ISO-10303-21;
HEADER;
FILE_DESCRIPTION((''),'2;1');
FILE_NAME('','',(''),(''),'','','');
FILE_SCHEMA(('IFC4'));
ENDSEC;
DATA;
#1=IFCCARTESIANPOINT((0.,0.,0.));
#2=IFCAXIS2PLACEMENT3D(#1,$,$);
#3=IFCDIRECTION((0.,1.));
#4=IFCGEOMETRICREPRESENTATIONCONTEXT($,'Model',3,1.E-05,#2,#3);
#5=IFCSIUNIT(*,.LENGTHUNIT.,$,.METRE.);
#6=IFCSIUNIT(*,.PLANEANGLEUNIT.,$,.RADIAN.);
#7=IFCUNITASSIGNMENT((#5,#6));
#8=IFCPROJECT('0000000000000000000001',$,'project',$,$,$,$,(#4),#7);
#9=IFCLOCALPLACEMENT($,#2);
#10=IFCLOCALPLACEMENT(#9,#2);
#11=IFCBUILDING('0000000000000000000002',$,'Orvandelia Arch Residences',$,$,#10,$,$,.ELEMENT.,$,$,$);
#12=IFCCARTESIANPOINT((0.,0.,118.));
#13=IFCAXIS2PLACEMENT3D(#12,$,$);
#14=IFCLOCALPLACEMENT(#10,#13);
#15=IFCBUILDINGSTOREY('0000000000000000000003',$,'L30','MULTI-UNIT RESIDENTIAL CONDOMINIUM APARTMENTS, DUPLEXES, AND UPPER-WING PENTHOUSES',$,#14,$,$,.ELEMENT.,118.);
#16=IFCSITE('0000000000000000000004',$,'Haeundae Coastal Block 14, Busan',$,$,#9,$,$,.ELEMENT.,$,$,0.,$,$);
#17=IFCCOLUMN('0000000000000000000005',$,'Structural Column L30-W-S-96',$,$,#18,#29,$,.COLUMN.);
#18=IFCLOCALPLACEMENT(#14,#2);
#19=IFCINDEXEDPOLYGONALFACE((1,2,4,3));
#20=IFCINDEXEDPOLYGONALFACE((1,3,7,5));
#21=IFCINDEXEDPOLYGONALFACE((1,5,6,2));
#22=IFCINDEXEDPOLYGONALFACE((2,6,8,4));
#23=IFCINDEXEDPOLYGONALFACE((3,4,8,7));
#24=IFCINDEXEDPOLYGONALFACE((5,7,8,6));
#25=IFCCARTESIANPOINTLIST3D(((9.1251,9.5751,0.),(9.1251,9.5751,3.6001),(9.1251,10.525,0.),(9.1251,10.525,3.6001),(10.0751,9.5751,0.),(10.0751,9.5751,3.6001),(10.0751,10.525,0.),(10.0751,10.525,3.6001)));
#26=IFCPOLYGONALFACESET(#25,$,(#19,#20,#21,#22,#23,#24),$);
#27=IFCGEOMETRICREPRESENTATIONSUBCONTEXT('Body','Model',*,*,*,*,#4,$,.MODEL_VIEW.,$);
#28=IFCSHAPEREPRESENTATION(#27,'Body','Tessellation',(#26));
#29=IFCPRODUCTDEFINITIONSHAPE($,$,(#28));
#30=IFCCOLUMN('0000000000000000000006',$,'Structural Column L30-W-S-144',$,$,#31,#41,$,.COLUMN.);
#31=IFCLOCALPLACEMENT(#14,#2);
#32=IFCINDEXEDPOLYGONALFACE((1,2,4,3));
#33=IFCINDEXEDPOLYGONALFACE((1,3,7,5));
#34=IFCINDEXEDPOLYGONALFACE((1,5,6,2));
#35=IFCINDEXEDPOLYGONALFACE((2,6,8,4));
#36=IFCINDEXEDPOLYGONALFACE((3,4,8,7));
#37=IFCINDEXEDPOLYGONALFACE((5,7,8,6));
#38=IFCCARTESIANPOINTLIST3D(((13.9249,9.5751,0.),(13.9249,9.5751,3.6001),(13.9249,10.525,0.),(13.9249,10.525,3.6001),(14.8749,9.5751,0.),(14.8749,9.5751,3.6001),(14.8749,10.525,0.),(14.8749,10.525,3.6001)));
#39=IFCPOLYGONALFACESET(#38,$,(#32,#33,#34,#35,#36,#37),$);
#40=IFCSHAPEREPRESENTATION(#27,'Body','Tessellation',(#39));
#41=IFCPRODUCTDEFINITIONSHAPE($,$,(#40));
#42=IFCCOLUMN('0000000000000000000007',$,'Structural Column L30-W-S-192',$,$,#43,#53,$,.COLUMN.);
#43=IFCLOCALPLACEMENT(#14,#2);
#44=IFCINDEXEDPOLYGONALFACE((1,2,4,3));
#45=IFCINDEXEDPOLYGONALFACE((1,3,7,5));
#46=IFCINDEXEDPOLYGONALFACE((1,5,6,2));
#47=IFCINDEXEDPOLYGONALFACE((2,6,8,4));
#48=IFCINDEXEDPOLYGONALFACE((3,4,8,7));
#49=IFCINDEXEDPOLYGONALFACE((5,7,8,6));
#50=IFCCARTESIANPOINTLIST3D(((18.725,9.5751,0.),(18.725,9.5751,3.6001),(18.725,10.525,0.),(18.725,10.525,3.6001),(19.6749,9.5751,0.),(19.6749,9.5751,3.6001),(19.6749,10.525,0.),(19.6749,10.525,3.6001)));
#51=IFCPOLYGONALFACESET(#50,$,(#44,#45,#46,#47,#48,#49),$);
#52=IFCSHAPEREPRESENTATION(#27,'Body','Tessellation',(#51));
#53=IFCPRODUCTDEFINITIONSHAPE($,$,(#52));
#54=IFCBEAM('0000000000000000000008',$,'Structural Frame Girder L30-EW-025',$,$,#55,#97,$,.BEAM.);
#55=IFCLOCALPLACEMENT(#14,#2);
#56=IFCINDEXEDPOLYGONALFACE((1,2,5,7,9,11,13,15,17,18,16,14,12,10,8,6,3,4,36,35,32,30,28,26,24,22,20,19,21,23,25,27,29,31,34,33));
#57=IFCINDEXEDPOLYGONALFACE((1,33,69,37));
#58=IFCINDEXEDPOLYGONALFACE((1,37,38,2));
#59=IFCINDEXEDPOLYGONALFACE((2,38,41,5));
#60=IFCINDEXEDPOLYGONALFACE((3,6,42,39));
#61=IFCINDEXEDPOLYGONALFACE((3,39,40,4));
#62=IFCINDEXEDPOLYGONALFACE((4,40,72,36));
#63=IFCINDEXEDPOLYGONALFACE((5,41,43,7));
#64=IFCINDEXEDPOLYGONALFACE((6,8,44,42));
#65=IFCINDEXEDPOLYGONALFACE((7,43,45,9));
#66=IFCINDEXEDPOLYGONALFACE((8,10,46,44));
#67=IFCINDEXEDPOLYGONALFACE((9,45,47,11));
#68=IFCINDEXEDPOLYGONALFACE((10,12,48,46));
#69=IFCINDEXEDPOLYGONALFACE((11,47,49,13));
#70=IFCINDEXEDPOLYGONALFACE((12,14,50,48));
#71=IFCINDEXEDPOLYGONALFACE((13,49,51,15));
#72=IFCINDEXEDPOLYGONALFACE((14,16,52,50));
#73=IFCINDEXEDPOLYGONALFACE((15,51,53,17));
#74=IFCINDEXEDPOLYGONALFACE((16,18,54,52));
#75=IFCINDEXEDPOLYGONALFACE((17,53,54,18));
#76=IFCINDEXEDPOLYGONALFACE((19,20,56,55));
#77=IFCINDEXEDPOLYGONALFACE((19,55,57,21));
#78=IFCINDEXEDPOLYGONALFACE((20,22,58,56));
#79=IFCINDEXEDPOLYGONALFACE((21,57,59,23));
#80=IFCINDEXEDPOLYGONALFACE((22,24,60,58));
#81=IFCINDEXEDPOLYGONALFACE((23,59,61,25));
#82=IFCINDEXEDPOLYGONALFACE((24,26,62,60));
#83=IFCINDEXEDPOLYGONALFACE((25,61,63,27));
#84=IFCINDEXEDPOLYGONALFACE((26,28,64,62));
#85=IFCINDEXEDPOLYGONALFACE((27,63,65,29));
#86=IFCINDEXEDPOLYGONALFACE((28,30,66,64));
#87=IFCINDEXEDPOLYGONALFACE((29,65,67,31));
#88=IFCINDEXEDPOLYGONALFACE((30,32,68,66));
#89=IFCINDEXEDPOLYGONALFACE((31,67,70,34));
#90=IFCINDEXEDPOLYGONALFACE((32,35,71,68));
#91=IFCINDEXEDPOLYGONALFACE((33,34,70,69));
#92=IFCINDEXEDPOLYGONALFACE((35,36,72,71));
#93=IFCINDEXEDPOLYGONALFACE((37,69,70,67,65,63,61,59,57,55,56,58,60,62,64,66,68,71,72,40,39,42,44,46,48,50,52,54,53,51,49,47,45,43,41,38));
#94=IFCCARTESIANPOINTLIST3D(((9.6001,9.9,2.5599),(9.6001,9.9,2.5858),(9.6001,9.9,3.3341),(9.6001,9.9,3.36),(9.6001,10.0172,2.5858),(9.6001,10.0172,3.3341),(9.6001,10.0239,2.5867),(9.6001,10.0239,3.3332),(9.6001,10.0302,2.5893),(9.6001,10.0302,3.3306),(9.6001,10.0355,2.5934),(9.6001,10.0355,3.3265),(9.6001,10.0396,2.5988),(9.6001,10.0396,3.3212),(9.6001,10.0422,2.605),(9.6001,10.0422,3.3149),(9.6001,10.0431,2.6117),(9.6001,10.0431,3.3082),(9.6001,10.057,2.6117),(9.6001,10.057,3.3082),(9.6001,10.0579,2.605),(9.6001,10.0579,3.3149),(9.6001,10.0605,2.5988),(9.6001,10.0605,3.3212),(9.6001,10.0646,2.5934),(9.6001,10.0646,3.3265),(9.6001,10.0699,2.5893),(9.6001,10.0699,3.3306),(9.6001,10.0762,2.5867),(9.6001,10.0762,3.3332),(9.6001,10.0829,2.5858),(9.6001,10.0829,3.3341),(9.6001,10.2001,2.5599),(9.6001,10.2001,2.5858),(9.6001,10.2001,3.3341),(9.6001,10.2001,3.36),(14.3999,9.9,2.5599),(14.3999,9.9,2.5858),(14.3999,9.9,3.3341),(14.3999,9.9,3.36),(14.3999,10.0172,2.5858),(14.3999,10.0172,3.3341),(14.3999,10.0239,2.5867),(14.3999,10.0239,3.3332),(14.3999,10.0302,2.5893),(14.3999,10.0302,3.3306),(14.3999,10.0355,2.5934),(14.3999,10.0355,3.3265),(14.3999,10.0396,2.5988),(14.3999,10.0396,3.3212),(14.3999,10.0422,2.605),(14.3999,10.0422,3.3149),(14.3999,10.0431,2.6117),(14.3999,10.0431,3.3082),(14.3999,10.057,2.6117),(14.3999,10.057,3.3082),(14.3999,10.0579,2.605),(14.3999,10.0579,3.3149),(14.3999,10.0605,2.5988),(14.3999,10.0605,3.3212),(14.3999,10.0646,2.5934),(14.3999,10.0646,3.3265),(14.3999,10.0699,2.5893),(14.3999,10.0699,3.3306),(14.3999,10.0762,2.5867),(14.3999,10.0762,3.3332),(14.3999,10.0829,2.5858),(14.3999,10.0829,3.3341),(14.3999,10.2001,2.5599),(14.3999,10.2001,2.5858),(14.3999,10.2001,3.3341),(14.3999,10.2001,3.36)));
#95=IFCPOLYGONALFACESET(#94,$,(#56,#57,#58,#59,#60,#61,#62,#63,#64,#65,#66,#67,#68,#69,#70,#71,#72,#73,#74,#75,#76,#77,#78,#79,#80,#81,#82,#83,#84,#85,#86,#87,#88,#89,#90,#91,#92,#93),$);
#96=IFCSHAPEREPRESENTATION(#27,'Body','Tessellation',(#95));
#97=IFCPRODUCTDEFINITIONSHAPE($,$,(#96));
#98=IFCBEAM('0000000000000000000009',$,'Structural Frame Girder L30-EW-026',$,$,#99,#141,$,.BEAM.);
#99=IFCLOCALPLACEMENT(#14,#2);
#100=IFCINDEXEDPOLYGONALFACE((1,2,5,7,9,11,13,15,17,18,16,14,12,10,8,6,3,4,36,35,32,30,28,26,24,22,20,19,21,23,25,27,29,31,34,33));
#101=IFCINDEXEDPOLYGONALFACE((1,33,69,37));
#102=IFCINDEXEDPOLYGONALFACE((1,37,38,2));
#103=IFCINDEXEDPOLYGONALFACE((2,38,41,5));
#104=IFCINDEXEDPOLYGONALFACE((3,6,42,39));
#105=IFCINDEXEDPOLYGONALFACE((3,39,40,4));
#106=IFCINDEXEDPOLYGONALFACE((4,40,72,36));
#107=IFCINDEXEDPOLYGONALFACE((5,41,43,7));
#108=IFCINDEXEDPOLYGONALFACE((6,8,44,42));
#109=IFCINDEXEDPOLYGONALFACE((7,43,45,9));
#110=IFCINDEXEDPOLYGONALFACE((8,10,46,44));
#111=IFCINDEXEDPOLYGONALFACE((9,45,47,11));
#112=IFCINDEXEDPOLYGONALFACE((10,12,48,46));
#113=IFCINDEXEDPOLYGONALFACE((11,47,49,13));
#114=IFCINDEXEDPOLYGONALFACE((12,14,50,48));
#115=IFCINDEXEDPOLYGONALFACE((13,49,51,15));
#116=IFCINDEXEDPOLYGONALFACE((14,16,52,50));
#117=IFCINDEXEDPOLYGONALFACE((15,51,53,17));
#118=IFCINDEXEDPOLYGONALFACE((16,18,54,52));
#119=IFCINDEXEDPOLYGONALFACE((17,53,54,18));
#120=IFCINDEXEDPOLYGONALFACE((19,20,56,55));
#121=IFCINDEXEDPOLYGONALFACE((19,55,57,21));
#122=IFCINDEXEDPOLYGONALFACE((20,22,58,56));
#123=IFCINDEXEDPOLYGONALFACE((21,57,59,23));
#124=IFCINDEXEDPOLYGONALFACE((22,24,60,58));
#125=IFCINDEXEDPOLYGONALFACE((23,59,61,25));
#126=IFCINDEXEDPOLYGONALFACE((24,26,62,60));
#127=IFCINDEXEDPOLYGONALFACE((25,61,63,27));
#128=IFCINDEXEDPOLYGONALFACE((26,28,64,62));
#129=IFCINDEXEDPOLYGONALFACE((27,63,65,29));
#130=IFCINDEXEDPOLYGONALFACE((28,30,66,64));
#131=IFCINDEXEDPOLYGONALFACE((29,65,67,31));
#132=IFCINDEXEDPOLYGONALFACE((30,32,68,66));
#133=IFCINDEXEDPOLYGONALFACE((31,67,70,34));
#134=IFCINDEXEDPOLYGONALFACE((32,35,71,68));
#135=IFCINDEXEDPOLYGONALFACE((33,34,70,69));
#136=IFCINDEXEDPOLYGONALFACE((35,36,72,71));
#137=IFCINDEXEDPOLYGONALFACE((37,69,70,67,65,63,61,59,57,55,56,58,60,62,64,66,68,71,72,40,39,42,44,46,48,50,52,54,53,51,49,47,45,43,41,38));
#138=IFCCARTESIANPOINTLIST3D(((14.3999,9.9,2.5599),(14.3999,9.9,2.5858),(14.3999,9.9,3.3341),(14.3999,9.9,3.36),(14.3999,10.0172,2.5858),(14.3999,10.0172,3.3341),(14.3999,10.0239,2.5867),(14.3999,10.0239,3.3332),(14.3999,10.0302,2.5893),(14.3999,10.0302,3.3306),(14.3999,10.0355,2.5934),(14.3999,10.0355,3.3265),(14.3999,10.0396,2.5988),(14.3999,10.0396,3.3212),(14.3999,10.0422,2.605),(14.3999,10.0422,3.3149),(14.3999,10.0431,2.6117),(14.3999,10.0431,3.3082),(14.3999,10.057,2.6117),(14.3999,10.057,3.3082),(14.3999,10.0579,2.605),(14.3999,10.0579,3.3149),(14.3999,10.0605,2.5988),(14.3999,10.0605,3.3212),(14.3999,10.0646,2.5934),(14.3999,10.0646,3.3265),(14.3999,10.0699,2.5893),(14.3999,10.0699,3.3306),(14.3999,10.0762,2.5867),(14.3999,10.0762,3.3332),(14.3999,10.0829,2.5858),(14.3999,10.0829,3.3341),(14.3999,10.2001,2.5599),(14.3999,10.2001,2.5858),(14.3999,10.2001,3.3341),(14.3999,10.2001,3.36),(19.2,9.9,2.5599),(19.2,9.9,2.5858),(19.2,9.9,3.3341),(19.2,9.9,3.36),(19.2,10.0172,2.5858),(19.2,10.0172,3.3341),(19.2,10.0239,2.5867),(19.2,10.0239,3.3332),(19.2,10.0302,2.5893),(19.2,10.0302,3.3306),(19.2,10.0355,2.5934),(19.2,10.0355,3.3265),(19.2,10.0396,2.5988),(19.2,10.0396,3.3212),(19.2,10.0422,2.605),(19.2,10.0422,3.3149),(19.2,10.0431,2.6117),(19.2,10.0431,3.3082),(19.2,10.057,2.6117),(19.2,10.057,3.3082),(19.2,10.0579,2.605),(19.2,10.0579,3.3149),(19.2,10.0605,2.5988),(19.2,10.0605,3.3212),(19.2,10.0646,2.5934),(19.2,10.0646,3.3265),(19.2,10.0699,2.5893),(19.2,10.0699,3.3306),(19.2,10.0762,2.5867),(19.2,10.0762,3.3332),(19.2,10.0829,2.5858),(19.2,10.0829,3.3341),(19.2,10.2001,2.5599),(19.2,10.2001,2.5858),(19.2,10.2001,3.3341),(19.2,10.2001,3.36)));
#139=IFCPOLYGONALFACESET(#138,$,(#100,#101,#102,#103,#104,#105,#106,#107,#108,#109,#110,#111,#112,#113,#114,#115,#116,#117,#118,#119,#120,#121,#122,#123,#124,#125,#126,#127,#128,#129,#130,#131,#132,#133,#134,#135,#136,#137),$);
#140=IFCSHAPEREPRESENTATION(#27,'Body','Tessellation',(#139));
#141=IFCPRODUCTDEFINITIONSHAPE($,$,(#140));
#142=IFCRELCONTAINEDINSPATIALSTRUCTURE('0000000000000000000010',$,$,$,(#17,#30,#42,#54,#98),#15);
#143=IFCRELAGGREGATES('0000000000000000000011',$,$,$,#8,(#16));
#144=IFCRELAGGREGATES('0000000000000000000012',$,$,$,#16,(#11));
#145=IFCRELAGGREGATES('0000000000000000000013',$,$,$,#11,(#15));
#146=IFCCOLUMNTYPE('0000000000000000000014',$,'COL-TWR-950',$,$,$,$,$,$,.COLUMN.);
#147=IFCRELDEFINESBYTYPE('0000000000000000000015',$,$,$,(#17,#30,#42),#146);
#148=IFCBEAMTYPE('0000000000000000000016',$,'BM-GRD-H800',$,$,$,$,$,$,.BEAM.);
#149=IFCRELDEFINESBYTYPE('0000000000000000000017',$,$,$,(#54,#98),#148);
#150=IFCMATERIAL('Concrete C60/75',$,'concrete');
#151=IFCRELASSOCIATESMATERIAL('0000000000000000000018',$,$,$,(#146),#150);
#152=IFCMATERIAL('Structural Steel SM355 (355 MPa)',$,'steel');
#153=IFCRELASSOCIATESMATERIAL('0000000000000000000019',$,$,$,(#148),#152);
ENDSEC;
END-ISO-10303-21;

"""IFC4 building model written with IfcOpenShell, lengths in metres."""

from ifc_helpers import new_model, si_unit, direction, frame, origin, origin_2d, place, context, subcontext, project, spatial, rectangle, i_section, extrude, material, material_profile, profile_set, type_object, element, save


model = new_model("IFC4")

# Units and contexts
model_context = context("Model", 3, precision=1e-05, world=origin(), true_north=direction((0.0, 1.0)))
body_context = subcontext(model_context, "Body", "Model", "MODEL_VIEW")
ifc_project = project(units=[si_unit("LENGTHUNIT", "METRE"), si_unit("PLANEANGLEUNIT", "RADIAN")], contexts=[model_context])

# Site, building, storey
site_placement = place(None, origin())
site = spatial("IfcSite", under=ifc_project, at=site_placement, Name="Haeundae Coastal Block 14, Busan", CompositionType="ELEMENT", RefElevation=0.0)
building_placement = place(site_placement, origin())
building = spatial("IfcBuilding", under=site, at=building_placement, Name="Orvandelia Arch Residences", CompositionType="ELEMENT")
storey_placement = place(building_placement, frame((0.0, 0.0, 118.0)))
storey = spatial("IfcBuildingStorey", under=building, at=storey_placement, Name="L30", Description="MULTI-UNIT RESIDENTIAL CONDOMINIUM APARTMENTS, DUPLEXES, AND UPPER-WING PENTHOUSES", CompositionType="ELEMENT", Elevation=118.0)

# Columns
ifc_material_1 = material(Name="Concrete C60/75", Category="concrete")
ifc_material_profile_1 = material_profile(ifc_material_1, rectangle(XDim=0.95, YDim=0.95, at=origin_2d()), Name="Concrete C60/75", Category="concrete")
ifc_profile_set_1 = profile_set([ifc_material_profile_1], Name="Concrete C60/75")
column_type = type_object("IfcColumnType", Name="COL-TWR-950", PredefinedType="COLUMN", material=ifc_profile_set_1)
for number, where, z_axis, x_axis, name in (
    (1, (9.6001, 10.05, 0.0), (0.0, 0.0, 1.0), (1.0, 0.0, 0.0), "Structural Column L30-W-S-96"),
    (2, (14.3999, 10.05, 0.0), (0.0, 0.0, 1.0), (1.0, 0.0, 0.0), "Structural Column L30-W-S-144"),
    (3, (19.2, 10.05, 0.0), (0.0, 0.0, 1.0), (1.0, 0.0, 0.0), "Structural Column L30-W-S-192"),
):
    element("IfcColumn", number, at=place(storey_placement, frame(where, z_axis=z_axis, x_axis=x_axis)), inside=storey, type_object=column_type, Name=name, PredefinedType="COLUMN", context=body_context, shape_type="SweptSolid", body=[
        extrude(rectangle(XDim=0.95, YDim=0.95, at=origin_2d()), origin(), (0.0, 0.0, 1.0), 3.6001),
    ])

# Beams
ifc_material_2 = material(Name="Structural Steel SM355 (355 MPa)", Category="steel")
ifc_material_profile_2 = material_profile(ifc_material_2, i_section(OverallWidth=0.3, OverallDepth=0.8, WebThickness=0.0139, FlangeThickness=0.0259, FilletRadius=0.0259, at=origin_2d()), Name="Structural Steel SM355 (355 MPa)", Category="steel")
ifc_profile_set_2 = profile_set([ifc_material_profile_2], Name="Structural Steel SM355 (355 MPa)")
beam_type = type_object("IfcBeamType", Name="BM-GRD-H800", PredefinedType="BEAM", material=ifc_profile_set_2)
beam_1_placement = place(storey_placement, frame((9.6001, 10.05, 2.96), z_axis=(1.0, 0.0, 0.0), x_axis=(0.0, 1.0, 0.0)))
element("IfcBeam", 4, at=beam_1_placement, inside=storey, type_object=beam_type, Name="Structural Frame Girder L30-EW-025", PredefinedType="BEAM", context=body_context, shape_type="SweptSolid", body=[
    extrude(i_section(OverallWidth=0.3, OverallDepth=0.8, WebThickness=0.0139, FlangeThickness=0.0259, FilletRadius=0.0259, at=origin_2d()), origin(), (0.0, 0.0, 1.0), 4.7998),
])
beam_2_placement = place(storey_placement, frame((14.3999, 10.05, 2.96), z_axis=(1.0, 0.0, 0.0), x_axis=(0.0, 1.0, 0.0)))
element("IfcBeam", 5, at=beam_2_placement, inside=storey, type_object=beam_type, Name="Structural Frame Girder L30-EW-026", PredefinedType="BEAM", context=body_context, shape_type="SweptSolid", body=[
    extrude(i_section(OverallWidth=0.3, OverallDepth=0.8, WebThickness=0.0139, FlangeThickness=0.0259, FilletRadius=0.0259, at=origin_2d()), origin(), (0.0, 0.0, 1.0), 4.8),
])

save(model, "model.ifc")
